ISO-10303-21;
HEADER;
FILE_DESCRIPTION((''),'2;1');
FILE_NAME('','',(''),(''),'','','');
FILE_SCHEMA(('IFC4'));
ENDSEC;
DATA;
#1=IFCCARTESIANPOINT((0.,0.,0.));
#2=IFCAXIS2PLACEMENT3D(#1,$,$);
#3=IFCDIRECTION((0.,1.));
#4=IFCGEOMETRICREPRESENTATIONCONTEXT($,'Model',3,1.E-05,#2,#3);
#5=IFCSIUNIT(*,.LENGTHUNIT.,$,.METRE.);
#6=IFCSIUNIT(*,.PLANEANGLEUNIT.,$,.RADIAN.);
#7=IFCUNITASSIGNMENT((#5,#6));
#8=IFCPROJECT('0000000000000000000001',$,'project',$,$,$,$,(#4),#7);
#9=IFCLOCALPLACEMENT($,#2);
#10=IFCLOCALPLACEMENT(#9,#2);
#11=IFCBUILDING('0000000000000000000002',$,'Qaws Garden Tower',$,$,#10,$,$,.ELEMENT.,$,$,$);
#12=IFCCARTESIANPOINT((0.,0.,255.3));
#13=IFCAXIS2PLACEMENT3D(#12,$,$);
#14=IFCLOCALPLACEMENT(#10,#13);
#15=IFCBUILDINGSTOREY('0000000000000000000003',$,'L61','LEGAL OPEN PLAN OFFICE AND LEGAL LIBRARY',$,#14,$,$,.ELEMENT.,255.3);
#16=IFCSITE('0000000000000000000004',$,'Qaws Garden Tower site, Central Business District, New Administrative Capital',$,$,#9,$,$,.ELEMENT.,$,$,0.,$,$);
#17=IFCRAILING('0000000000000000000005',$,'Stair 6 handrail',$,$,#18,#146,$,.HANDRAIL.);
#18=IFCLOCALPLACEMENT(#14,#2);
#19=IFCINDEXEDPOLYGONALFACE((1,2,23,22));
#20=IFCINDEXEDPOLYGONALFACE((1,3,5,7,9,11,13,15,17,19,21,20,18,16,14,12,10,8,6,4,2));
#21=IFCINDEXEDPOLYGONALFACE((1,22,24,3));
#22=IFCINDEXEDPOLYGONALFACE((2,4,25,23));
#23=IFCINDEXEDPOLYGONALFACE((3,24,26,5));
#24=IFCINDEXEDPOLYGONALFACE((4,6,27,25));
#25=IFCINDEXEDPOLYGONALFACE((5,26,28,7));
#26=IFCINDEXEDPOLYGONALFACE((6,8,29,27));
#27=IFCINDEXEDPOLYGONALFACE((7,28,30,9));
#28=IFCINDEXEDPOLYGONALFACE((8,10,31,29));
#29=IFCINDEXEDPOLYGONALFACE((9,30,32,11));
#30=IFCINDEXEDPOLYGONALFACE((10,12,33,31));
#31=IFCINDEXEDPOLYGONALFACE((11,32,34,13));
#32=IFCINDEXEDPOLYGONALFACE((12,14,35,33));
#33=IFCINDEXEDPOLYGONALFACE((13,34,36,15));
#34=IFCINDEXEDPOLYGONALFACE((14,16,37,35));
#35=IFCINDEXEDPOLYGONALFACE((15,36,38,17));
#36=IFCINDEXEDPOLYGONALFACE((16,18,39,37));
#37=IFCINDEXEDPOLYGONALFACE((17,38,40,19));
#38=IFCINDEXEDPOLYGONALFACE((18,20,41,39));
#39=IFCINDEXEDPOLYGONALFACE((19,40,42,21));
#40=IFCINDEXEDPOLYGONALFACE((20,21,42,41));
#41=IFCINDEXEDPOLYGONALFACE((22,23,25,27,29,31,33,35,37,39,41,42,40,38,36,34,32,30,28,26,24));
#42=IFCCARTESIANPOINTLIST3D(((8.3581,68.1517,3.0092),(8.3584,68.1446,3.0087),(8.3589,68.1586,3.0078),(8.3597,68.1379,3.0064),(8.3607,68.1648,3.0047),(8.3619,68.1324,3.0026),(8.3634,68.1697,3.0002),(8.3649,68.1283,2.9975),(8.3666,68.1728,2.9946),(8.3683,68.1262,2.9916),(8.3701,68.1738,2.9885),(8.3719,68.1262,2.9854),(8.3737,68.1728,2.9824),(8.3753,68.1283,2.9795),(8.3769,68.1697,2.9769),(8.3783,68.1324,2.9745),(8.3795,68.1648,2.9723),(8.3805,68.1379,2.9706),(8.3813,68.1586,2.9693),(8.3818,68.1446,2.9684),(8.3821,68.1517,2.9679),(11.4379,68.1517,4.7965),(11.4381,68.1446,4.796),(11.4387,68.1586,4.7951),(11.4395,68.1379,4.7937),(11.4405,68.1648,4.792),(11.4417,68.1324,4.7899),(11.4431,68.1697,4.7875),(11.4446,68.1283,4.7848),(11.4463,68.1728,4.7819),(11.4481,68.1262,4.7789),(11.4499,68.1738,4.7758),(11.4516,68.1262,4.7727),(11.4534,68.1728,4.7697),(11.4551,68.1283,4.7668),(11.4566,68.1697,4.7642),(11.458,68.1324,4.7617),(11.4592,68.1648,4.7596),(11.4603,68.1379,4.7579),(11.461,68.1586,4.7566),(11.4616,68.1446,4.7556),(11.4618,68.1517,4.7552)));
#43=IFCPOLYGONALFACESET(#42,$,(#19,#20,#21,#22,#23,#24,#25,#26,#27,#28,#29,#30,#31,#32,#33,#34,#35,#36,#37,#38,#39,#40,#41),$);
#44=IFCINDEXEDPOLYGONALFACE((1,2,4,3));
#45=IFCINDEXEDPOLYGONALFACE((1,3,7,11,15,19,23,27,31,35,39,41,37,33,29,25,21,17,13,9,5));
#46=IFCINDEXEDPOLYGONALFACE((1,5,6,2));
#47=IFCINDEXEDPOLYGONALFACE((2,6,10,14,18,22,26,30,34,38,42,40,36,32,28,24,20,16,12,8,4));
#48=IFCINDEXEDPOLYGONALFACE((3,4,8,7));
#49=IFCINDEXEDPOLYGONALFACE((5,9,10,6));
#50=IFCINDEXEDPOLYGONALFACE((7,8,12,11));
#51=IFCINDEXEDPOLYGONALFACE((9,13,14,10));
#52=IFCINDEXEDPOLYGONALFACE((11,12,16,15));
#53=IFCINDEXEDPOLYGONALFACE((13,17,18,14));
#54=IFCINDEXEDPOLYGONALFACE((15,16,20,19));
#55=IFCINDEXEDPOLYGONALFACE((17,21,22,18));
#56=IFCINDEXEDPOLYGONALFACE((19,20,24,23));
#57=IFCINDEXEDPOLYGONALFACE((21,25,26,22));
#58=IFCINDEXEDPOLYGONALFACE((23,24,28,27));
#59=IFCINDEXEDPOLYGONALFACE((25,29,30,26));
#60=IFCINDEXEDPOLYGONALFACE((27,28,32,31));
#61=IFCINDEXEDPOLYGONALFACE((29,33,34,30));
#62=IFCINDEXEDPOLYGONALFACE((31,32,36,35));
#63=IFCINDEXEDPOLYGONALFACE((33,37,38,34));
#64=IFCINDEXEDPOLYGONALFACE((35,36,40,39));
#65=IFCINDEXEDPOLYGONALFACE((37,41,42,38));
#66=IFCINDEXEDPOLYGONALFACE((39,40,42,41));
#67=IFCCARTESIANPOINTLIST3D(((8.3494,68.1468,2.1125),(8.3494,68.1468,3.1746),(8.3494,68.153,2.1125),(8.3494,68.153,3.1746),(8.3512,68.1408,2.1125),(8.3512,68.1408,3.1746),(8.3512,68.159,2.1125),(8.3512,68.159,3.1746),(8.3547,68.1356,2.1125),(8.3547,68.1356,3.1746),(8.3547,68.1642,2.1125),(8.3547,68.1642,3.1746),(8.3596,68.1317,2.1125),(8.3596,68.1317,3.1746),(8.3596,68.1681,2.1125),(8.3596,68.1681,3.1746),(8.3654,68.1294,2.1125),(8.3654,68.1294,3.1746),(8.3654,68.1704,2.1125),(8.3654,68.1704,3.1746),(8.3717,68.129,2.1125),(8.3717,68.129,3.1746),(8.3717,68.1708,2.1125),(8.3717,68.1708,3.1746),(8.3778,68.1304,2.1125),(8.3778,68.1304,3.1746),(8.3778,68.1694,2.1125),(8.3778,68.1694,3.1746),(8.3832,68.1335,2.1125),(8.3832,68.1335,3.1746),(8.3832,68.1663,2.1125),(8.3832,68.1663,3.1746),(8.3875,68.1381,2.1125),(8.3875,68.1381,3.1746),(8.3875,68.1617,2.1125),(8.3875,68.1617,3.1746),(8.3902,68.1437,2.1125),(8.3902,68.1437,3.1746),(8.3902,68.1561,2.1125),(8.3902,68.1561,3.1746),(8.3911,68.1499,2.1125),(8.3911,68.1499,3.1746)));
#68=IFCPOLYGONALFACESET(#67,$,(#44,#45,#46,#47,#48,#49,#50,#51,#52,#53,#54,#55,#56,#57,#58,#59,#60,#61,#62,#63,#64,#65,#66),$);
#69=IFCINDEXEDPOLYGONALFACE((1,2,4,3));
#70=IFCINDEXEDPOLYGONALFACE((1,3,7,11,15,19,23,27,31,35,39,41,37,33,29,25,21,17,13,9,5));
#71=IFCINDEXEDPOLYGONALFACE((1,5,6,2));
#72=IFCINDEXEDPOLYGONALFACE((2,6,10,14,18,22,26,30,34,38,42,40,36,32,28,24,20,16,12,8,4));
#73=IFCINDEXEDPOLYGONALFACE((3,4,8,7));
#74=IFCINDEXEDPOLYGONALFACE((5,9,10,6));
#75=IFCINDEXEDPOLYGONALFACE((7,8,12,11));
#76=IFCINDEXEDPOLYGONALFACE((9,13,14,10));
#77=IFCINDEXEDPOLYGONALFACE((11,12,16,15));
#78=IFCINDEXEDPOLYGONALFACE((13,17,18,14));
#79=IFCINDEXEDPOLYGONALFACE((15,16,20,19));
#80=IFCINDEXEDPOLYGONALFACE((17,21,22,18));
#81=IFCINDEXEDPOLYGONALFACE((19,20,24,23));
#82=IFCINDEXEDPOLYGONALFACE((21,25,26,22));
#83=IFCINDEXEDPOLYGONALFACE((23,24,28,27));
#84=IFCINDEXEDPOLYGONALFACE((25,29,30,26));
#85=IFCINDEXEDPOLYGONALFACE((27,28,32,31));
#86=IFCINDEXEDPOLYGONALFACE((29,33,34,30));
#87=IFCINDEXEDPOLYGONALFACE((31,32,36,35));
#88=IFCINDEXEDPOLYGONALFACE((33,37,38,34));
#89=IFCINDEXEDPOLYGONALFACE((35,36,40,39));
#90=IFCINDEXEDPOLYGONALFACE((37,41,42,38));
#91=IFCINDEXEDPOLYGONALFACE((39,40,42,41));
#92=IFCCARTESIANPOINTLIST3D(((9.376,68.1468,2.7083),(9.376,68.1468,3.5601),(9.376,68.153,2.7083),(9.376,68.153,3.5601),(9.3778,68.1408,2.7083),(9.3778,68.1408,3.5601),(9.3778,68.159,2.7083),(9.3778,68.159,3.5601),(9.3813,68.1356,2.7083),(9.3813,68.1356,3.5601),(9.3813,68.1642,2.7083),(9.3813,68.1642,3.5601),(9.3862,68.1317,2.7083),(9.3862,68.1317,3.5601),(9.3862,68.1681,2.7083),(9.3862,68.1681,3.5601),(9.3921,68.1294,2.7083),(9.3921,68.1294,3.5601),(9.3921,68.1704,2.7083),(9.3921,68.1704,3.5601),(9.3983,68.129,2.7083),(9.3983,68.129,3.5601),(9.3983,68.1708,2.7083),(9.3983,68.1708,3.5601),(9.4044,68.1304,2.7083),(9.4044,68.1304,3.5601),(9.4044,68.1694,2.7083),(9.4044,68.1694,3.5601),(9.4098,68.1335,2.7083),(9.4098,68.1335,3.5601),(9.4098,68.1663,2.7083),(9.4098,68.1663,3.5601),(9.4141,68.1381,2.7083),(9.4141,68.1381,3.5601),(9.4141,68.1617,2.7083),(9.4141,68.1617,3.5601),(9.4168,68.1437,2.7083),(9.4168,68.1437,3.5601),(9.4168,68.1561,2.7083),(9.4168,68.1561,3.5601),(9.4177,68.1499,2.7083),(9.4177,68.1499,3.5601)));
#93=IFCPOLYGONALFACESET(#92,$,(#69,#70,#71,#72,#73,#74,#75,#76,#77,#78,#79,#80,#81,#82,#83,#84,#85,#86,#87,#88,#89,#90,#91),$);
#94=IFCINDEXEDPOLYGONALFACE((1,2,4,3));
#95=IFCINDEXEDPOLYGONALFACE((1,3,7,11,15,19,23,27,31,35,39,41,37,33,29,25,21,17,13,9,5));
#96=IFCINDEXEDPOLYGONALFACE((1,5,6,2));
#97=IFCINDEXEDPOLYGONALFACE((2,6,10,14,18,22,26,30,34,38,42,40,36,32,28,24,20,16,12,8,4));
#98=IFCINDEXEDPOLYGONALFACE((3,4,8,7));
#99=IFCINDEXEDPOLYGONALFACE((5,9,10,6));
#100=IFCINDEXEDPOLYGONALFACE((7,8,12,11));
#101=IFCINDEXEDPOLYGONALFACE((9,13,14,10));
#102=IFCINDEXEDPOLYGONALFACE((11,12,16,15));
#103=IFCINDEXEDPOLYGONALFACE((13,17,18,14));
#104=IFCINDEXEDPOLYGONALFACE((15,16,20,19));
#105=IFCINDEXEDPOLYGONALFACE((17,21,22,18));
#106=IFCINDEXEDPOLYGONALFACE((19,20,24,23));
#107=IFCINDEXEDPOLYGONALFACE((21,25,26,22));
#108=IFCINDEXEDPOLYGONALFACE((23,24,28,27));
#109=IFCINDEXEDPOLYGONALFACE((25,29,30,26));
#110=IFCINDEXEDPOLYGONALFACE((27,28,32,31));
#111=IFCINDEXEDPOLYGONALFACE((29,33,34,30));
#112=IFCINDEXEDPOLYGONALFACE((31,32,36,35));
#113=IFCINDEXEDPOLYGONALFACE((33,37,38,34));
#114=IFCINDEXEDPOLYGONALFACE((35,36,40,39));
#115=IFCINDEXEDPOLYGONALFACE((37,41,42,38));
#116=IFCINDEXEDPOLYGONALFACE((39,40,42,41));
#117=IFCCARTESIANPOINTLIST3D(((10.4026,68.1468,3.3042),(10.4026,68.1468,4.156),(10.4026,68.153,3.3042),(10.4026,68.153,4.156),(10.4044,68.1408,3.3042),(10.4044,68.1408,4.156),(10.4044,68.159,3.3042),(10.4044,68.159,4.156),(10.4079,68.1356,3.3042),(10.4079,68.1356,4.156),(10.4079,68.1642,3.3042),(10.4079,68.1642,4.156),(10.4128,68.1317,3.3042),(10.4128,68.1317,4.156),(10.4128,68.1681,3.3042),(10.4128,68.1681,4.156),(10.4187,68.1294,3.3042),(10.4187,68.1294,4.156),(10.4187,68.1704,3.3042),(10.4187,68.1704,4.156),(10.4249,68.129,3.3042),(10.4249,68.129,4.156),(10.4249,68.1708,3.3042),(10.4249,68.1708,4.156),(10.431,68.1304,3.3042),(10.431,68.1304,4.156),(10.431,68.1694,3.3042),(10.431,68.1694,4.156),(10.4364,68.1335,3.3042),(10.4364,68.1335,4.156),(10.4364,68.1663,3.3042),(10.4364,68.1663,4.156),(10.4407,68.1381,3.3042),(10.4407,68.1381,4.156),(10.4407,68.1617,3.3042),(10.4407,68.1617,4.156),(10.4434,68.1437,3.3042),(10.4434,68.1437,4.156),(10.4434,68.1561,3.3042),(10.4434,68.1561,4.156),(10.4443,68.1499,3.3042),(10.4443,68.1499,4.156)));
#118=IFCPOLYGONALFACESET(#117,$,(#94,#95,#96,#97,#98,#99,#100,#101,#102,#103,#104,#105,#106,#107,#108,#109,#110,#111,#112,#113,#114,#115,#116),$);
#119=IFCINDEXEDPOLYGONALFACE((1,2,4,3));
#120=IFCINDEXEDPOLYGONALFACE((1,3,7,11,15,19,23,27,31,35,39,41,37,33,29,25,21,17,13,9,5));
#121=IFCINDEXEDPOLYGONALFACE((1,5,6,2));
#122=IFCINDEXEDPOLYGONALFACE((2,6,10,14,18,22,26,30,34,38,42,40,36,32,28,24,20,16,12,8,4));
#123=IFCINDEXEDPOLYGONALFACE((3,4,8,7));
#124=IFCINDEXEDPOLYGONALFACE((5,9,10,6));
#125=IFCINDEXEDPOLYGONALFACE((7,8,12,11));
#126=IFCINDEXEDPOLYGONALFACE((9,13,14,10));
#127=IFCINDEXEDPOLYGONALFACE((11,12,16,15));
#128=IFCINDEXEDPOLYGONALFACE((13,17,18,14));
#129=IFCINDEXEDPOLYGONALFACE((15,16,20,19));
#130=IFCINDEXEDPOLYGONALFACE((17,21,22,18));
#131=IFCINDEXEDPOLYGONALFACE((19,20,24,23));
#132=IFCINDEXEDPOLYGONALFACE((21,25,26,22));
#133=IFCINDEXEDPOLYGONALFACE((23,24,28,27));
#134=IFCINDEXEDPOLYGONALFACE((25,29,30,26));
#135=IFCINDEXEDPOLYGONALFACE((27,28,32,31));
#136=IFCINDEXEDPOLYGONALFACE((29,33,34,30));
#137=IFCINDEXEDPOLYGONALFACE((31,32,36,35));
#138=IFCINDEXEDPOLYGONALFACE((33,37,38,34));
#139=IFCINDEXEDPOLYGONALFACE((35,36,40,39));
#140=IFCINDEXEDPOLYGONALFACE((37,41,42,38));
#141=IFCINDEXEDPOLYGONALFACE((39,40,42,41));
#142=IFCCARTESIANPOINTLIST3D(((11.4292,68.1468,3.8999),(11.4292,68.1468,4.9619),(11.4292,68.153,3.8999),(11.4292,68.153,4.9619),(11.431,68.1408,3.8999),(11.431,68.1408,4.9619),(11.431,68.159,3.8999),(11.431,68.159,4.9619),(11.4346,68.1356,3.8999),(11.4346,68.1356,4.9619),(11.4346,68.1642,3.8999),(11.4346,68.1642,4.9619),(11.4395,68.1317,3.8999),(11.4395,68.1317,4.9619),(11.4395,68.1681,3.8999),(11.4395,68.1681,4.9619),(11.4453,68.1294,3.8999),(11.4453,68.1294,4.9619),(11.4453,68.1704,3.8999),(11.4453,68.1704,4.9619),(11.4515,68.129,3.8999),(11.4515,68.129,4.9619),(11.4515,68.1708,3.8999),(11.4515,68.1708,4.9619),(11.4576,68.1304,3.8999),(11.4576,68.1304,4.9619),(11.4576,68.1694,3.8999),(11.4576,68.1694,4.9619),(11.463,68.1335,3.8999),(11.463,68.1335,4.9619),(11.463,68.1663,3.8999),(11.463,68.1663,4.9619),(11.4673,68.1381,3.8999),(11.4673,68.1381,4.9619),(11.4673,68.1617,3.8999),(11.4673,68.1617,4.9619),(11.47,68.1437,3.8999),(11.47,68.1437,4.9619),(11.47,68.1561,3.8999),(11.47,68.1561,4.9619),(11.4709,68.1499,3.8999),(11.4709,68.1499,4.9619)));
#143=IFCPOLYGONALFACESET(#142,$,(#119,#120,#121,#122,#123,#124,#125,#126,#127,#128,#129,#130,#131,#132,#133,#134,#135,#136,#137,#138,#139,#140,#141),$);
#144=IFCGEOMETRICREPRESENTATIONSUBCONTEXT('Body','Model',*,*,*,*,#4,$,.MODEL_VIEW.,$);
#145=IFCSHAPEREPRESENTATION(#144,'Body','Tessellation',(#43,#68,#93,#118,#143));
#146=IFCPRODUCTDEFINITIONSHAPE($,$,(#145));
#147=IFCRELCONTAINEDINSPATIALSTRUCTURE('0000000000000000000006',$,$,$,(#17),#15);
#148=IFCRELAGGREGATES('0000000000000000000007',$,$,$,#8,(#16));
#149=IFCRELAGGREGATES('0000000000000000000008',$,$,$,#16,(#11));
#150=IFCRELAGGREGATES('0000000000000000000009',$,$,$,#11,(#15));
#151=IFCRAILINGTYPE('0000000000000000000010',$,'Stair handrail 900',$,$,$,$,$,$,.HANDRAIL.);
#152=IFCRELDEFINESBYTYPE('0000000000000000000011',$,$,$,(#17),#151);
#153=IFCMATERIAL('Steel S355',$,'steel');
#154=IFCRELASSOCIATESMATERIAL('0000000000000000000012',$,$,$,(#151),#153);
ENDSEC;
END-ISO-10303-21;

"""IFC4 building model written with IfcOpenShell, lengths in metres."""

from ifc_helpers import new_model, si_unit, direction, frame, origin, origin_2d, place, context, subcontext, project, spatial, circle, extrude, material, type_object, element, save


model = new_model("IFC4")

# Units and contexts
model_context = context("Model", 3, precision=1e-05, world=origin(), true_north=direction((0.0, 1.0)))
body_context = subcontext(model_context, "Body", "Model", "MODEL_VIEW")
ifc_project = project(units=[si_unit("LENGTHUNIT", "METRE"), si_unit("PLANEANGLEUNIT", "RADIAN")], contexts=[model_context])

# Site, building, storey
site_placement = place(None, origin())
site = spatial("IfcSite", under=ifc_project, at=site_placement, Name="Qaws Garden Tower site, Central Business District, New Administrative Capital", CompositionType="ELEMENT", RefElevation=0.0)
building_placement = place(site_placement, origin())
building = spatial("IfcBuilding", under=site, at=building_placement, Name="Qaws Garden Tower", CompositionType="ELEMENT")
storey_placement = place(building_placement, frame((0.0, 0.0, 255.3)))
storey = spatial("IfcBuildingStorey", under=building, at=storey_placement, Name="L61", Description="LEGAL OPEN PLAN OFFICE AND LEGAL LIBRARY", CompositionType="ELEMENT", Elevation=255.3)

# Railing
ifc_material_1 = material(Name="Steel S355", Category="steel")
railing_type = type_object("IfcRailingType", Name="Stair handrail 900", PredefinedType="HANDRAIL", material=ifc_material_1)
railing_1_placement = place(storey_placement, frame((8.3701, 68.1499, 2.1125)))
element("IfcRailing", 1, at=railing_1_placement, inside=storey, type_object=railing_type, Name="Stair 6 handrail", PredefinedType="HANDRAIL", context=body_context, shape_type="SweptSolid", body=[
    extrude(circle(Radius=0.0239, at=origin_2d()), frame((0.0, 0.0, 0.876), z_axis=(0.864903, 0.0, 0.501939), x_axis=(0.0, 1.0, 0.0)), (0.0, 0.0, 1.0), 3.5608),
    extrude(circle(Radius=0.021, at=origin_2d()), origin(), (0.0, 0.0, 1.0), 1.062),
    extrude(circle(Radius=0.021, at=origin_2d()), frame((1.0266, 0.0, 0.5957)), (0.0, 0.0, 1.0), 0.8518),
    extrude(circle(Radius=0.021, at=origin_2d()), frame((2.0532, 0.0, 1.1917)), (0.0, 0.0, 1.0), 0.8518),
    extrude(circle(Radius=0.021, at=origin_2d()), frame((3.0798, 0.0, 1.7874)), (0.0, 0.0, 1.0), 1.062),
])

save(model, "model.ifc")
